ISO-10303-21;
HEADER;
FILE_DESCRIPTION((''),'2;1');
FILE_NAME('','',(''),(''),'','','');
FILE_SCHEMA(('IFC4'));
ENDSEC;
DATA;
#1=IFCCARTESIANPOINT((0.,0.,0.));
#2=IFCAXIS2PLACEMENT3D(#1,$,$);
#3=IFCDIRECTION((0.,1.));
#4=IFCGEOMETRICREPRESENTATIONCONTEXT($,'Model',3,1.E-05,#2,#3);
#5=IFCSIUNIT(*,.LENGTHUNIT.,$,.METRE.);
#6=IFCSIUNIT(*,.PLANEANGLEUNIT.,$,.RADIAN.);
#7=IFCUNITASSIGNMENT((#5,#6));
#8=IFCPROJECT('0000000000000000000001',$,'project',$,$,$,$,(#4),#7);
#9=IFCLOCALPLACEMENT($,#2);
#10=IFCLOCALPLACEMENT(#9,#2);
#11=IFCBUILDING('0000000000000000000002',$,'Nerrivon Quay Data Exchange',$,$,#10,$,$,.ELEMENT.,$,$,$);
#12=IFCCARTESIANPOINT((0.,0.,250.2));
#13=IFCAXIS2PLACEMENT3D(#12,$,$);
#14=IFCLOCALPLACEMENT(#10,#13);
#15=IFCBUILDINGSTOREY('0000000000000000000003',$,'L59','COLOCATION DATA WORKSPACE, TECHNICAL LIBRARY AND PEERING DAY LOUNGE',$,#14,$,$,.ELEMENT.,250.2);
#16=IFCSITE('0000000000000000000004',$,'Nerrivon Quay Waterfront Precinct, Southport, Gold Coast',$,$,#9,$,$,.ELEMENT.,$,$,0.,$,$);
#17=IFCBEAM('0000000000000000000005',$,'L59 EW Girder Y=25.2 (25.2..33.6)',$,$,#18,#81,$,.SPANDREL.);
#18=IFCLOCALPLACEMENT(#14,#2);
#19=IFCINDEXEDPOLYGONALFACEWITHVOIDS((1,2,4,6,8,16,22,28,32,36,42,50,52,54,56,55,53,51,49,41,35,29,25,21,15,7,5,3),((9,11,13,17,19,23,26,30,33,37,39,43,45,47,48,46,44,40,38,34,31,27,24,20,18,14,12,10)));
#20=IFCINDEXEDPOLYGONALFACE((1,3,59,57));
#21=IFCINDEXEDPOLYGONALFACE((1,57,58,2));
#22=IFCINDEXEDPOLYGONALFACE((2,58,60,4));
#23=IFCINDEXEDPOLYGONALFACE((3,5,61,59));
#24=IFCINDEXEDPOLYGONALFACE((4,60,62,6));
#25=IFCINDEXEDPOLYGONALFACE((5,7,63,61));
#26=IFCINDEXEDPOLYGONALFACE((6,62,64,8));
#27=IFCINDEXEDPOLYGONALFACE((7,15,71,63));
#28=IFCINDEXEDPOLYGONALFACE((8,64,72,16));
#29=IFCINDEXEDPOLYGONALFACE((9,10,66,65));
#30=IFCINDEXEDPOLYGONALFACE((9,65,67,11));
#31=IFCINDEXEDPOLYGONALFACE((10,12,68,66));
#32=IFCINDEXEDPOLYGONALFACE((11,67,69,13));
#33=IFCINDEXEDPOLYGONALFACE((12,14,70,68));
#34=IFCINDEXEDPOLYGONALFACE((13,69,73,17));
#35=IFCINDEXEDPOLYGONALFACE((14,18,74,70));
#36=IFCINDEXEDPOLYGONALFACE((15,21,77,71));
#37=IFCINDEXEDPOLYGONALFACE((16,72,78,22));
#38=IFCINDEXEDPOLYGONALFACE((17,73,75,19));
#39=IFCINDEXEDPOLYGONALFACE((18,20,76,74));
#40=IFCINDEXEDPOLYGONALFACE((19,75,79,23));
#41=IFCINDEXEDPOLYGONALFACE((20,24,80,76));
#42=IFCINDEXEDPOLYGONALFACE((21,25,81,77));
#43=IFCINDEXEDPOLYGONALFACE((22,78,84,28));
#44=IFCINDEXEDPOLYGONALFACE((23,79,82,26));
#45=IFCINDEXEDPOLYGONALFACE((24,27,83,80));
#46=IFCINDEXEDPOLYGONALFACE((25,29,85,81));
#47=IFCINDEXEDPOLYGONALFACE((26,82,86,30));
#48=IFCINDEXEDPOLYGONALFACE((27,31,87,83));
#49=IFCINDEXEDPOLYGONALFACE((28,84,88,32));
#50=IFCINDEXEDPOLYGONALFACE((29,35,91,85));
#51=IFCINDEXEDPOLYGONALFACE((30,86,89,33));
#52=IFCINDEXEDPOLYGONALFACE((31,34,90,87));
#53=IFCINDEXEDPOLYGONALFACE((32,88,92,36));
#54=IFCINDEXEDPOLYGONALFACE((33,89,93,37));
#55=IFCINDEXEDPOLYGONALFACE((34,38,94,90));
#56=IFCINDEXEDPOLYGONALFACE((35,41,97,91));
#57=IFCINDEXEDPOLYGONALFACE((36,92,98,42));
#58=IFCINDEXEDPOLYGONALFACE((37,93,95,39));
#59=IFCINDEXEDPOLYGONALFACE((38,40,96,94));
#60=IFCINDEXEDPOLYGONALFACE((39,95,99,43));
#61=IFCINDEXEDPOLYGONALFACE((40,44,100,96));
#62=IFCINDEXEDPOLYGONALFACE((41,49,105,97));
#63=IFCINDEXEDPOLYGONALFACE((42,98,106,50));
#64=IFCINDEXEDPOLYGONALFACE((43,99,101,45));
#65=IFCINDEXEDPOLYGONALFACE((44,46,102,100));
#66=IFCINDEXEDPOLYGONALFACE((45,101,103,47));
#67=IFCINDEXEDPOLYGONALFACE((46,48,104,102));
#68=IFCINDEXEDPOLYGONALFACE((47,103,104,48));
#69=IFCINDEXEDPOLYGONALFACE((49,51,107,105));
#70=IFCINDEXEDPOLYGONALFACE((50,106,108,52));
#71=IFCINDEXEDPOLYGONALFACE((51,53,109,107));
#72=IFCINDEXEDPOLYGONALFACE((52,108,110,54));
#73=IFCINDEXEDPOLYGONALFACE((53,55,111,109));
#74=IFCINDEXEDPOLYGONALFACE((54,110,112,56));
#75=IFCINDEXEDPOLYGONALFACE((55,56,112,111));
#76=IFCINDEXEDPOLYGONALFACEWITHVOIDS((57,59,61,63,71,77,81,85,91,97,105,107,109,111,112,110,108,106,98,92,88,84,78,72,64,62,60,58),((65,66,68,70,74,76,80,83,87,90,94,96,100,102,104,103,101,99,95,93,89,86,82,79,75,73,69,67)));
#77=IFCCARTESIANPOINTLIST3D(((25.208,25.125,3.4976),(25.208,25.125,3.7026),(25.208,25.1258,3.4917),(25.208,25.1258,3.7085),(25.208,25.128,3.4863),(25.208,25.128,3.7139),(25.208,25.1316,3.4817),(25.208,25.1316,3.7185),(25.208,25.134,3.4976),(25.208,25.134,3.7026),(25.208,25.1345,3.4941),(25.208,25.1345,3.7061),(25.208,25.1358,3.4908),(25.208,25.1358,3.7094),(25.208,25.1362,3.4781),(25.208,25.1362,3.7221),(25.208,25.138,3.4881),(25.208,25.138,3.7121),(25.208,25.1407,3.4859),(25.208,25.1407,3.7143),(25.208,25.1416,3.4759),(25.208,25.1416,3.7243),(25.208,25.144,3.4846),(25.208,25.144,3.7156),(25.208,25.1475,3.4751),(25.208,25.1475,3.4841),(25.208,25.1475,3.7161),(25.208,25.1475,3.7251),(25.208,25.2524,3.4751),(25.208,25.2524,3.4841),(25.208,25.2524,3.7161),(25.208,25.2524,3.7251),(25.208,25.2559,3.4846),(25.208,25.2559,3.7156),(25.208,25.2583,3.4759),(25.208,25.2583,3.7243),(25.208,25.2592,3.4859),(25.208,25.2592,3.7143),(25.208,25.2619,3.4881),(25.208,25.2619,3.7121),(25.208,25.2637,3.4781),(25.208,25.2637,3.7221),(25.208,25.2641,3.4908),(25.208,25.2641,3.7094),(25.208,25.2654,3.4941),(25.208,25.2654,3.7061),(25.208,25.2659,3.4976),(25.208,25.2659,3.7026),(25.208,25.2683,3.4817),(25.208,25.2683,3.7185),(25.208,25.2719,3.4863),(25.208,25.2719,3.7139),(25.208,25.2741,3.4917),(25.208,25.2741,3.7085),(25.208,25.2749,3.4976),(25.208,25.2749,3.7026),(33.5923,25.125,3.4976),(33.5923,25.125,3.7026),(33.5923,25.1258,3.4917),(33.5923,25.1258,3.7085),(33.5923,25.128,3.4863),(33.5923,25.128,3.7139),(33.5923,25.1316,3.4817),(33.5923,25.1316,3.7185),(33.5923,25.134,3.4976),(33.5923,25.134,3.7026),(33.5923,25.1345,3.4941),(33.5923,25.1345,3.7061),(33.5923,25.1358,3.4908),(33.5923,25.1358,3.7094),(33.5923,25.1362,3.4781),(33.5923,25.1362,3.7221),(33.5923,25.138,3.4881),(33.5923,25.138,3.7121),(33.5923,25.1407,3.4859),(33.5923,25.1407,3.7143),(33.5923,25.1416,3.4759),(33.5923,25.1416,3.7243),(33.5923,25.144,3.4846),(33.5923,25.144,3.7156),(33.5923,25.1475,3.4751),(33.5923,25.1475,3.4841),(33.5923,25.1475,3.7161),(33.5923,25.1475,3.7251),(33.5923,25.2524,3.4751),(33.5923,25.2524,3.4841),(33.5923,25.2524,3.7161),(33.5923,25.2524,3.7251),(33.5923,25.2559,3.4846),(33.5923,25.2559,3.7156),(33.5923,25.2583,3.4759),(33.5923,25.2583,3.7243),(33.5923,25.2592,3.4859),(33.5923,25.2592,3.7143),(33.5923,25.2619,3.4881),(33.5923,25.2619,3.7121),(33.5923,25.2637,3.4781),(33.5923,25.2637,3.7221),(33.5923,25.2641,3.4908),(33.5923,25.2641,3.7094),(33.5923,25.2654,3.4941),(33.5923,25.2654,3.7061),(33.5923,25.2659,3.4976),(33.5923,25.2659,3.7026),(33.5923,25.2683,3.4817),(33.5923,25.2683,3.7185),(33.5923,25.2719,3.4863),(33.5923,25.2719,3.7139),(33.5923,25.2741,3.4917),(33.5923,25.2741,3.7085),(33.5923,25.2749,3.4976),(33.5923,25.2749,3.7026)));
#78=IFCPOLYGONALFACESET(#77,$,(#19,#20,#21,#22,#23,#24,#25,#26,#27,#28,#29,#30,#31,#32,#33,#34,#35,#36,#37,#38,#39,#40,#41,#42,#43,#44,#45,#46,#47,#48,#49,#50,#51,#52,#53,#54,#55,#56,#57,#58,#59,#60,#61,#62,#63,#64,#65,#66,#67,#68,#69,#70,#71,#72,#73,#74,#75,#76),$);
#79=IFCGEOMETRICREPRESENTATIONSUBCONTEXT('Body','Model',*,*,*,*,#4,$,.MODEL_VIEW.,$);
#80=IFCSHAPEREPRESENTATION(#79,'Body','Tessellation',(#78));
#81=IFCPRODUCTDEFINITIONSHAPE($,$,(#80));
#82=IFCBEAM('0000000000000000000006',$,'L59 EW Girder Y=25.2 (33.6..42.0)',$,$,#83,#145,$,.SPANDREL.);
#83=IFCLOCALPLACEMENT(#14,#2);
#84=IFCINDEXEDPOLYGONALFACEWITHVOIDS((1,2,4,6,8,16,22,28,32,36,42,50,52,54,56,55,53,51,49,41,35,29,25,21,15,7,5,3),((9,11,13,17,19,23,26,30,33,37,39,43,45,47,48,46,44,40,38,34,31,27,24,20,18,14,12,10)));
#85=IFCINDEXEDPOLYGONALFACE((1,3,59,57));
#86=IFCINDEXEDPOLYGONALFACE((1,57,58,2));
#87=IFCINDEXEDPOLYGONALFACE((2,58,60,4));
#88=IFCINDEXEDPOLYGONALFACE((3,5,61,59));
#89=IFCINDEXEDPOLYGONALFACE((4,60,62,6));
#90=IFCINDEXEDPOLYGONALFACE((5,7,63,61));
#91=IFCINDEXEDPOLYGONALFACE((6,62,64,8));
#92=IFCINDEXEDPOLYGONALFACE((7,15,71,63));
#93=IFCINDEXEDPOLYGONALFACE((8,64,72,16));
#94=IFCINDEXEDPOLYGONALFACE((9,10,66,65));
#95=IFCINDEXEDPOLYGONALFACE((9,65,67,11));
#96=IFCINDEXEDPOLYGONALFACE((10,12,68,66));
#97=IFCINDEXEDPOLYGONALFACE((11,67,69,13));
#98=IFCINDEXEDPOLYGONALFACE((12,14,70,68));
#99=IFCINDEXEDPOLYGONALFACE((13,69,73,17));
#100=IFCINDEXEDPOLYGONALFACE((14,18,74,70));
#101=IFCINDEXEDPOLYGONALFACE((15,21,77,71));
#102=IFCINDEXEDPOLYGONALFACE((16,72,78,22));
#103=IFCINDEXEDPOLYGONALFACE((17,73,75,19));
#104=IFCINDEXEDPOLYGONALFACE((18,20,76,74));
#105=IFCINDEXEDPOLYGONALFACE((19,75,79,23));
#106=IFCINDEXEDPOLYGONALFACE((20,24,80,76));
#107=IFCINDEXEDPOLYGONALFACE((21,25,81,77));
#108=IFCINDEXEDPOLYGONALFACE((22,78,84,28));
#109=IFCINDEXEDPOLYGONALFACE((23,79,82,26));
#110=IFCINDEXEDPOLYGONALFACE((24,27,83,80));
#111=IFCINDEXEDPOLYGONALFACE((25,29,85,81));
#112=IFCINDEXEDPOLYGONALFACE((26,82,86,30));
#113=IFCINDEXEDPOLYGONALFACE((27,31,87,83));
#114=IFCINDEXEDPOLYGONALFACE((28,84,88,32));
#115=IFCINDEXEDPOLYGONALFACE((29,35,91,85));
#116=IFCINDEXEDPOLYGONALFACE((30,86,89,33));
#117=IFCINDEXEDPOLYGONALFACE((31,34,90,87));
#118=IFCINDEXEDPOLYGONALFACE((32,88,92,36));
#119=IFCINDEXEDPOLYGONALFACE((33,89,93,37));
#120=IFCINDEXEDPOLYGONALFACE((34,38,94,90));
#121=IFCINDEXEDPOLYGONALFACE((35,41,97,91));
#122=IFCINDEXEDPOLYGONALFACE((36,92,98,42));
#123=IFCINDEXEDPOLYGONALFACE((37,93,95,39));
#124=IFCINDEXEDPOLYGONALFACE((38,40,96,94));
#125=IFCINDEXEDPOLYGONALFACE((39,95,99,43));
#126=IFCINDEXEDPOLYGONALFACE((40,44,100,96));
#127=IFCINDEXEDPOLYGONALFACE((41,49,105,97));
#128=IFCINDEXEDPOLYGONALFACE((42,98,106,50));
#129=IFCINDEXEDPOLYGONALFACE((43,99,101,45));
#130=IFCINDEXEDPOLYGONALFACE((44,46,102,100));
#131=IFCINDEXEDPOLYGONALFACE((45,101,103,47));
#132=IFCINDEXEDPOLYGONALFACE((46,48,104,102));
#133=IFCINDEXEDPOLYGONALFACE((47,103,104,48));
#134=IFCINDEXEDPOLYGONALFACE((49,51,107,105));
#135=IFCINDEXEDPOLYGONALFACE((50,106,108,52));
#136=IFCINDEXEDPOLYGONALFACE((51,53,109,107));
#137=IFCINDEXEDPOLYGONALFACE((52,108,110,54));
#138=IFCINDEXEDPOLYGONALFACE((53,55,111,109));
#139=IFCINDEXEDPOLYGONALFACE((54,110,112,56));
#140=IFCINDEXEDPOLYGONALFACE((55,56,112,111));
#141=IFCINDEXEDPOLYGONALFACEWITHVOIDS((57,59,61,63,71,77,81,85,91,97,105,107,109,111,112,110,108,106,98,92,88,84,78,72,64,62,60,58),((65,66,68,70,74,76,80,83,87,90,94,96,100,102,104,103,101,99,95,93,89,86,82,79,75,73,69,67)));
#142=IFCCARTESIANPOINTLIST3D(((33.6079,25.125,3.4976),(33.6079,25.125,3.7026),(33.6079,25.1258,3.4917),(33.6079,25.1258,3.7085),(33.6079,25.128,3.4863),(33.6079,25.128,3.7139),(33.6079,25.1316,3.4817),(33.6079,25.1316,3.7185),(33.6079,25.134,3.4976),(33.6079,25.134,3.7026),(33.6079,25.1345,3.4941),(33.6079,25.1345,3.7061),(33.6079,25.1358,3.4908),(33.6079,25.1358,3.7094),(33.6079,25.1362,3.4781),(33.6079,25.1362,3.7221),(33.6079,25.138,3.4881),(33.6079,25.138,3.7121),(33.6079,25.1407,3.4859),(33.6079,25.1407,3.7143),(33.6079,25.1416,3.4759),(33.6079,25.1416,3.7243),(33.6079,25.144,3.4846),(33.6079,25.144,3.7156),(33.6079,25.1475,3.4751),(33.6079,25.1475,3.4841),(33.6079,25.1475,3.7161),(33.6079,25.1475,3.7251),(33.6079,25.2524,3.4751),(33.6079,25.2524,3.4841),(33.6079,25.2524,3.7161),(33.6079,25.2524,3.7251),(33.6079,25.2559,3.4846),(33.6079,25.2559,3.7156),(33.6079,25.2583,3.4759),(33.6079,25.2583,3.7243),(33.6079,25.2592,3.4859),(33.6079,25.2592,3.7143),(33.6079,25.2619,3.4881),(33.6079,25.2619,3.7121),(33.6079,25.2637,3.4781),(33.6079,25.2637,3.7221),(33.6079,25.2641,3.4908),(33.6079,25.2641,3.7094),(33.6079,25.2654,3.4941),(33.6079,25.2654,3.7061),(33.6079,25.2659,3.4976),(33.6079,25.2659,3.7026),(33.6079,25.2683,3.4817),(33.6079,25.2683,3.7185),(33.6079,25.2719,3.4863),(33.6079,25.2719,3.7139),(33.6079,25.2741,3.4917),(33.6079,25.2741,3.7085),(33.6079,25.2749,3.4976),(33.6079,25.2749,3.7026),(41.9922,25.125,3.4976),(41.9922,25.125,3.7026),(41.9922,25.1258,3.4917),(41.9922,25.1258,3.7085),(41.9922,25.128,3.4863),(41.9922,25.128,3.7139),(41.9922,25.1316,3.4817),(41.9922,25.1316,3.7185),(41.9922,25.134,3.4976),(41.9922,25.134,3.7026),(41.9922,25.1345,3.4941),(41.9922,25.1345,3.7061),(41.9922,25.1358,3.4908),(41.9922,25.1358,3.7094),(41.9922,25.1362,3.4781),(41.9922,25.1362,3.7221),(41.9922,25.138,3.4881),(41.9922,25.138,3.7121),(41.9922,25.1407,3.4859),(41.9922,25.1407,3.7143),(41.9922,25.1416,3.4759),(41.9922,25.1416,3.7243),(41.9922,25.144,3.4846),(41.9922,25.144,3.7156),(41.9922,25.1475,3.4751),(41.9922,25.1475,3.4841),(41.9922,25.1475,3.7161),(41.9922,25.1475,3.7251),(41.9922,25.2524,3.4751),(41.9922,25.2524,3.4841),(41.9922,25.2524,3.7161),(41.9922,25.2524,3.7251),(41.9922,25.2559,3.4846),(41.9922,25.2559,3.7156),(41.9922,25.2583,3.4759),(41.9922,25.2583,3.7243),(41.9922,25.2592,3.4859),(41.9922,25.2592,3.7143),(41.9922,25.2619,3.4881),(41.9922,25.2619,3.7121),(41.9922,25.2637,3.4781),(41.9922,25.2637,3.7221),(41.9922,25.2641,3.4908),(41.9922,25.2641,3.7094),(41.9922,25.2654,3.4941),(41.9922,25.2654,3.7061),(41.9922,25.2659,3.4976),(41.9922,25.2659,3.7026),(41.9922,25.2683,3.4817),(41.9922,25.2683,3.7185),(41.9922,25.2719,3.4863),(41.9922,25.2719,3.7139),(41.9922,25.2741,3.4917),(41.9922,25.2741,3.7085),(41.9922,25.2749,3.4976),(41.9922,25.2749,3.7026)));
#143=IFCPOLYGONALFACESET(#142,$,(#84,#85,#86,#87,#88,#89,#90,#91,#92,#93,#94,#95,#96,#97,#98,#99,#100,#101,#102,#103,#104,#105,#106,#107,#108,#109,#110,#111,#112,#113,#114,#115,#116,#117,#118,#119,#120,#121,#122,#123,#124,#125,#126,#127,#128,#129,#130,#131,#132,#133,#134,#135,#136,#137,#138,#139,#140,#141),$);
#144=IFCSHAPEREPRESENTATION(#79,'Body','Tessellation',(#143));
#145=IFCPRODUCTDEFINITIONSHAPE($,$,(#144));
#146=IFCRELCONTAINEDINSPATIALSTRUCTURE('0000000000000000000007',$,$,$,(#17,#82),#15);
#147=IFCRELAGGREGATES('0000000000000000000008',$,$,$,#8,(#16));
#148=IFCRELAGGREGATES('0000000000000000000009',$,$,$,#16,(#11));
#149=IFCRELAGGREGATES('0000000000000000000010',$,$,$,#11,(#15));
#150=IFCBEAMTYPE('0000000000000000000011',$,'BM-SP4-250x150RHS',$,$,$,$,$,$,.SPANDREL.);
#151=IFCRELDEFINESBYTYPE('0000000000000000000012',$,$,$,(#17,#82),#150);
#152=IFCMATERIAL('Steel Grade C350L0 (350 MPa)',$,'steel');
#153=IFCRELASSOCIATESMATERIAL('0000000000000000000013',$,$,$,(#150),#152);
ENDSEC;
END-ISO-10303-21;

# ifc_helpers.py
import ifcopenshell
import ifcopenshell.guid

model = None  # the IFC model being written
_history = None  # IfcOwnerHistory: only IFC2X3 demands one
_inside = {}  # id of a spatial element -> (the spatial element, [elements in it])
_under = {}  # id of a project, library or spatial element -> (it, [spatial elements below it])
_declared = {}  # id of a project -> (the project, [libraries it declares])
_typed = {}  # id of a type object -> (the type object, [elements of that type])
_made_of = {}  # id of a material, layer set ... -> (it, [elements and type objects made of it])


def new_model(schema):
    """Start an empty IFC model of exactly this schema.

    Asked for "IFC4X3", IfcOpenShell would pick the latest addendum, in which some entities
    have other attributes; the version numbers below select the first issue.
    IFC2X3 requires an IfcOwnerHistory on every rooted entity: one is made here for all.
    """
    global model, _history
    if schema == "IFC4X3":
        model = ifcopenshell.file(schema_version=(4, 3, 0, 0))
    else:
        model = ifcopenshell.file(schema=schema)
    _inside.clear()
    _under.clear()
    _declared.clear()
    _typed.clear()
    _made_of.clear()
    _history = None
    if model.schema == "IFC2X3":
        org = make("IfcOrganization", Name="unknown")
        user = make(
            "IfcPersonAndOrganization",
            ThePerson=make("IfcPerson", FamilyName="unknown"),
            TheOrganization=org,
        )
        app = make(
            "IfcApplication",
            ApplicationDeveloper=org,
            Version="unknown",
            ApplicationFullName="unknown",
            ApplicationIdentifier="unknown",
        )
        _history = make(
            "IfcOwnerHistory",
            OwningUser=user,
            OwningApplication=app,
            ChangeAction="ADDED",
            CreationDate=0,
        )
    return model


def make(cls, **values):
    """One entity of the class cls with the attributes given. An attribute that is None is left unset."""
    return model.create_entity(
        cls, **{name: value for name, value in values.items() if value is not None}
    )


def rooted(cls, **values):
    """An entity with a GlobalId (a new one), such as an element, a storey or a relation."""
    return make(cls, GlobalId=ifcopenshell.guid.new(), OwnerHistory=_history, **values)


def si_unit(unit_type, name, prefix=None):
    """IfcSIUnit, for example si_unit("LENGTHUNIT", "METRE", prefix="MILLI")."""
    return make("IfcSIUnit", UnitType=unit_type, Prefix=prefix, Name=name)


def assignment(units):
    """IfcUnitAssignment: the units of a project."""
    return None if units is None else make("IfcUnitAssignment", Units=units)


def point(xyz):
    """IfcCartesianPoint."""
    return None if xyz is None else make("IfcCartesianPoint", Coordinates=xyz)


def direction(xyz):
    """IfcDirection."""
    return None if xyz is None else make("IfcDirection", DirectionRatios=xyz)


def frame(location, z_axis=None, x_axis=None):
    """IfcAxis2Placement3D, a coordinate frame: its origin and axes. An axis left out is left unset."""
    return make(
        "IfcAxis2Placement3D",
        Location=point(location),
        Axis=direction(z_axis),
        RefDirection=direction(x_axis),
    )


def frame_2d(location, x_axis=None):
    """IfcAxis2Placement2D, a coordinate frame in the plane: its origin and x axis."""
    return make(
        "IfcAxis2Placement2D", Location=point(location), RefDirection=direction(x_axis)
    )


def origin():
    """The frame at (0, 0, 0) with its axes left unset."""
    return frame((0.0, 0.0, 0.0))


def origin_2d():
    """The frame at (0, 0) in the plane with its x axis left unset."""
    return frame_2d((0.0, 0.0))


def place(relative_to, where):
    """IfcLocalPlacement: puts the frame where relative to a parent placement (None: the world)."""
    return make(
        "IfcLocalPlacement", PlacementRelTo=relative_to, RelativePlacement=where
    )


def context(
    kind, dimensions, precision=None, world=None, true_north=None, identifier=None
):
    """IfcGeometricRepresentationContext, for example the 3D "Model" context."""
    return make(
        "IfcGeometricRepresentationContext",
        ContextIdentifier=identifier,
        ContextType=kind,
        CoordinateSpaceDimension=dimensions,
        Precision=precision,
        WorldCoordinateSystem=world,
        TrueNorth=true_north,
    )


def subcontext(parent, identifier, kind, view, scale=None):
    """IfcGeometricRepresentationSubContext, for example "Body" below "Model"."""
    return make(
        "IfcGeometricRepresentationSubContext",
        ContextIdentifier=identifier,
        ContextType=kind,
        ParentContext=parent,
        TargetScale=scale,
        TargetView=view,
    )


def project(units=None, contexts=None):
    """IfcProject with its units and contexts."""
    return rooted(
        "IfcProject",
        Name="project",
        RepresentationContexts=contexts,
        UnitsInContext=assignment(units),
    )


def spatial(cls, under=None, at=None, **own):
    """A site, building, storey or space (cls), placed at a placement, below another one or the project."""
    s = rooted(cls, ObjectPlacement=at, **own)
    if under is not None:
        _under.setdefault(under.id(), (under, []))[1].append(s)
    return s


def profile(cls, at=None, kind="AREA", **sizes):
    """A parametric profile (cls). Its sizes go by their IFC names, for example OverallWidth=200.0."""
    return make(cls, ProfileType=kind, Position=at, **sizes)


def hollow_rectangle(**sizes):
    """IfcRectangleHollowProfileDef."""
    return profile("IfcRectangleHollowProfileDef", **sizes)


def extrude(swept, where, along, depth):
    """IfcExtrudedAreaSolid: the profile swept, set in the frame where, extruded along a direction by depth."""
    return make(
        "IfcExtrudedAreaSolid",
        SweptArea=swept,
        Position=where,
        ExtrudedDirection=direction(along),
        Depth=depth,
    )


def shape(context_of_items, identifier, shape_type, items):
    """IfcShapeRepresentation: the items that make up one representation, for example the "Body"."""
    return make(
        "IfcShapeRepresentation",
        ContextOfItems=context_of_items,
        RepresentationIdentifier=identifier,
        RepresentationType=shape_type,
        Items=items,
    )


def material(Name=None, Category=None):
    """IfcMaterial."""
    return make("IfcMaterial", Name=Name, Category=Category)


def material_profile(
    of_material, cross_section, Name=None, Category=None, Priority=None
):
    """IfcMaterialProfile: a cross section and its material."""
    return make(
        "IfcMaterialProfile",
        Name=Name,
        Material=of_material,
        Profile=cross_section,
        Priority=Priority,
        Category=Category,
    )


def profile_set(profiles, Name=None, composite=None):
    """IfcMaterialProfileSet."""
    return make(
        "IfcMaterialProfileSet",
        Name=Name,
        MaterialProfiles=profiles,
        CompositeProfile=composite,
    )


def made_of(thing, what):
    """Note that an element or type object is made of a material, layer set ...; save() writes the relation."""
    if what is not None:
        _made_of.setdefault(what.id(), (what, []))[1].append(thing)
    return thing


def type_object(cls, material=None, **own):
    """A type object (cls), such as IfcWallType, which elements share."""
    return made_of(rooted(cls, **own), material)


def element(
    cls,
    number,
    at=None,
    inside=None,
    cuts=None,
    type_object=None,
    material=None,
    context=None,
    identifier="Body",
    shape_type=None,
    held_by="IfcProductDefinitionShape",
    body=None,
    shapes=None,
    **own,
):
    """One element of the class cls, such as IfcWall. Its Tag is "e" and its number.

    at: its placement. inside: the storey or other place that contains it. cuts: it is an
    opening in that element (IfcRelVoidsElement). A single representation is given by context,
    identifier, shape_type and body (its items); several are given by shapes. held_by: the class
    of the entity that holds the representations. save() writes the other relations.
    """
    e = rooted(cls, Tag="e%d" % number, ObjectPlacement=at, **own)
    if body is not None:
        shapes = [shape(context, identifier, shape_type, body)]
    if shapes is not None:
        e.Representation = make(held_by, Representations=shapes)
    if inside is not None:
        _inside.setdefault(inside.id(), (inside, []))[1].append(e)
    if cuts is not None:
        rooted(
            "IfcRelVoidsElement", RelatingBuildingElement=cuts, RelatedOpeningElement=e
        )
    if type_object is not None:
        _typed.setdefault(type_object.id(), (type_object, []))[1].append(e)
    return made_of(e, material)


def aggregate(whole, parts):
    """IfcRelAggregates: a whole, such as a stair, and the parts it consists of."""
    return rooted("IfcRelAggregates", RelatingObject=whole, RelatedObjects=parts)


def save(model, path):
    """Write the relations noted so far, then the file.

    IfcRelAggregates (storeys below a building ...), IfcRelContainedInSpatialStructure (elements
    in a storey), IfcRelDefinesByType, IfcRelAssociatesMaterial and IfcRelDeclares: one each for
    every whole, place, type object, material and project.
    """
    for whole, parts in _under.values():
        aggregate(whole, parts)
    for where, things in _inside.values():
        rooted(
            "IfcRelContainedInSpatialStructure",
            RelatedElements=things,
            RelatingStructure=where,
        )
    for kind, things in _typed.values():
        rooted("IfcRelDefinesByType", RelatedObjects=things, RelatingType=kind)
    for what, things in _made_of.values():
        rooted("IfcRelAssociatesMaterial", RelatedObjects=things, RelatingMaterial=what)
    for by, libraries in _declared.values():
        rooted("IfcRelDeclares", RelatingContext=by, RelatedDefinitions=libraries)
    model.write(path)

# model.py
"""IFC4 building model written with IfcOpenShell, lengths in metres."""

from ifc_helpers import new_model, si_unit, direction, frame, origin, origin_2d, place, context, subcontext, project, spatial, hollow_rectangle, extrude, material, material_profile, profile_set, type_object, element, save


model = new_model("IFC4")

# Units and contexts
model_context = context("Model", 3, precision=1e-05, world=origin(), true_north=direction((0.0, 1.0)))
body_context = subcontext(model_context, "Body", "Model", "MODEL_VIEW")
ifc_project = project(units=[si_unit("LENGTHUNIT", "METRE"), si_unit("PLANEANGLEUNIT", "RADIAN")], contexts=[model_context])

# Site, building, storey
site_placement = place(None, origin())
site = spatial("IfcSite", under=ifc_project, at=site_placement, Name="Nerrivon Quay Waterfront Precinct, Southport, Gold Coast", CompositionType="ELEMENT", RefElevation=0.0)
building_placement = place(site_placement, origin())
building = spatial("IfcBuilding", under=site, at=building_placement, Name="Nerrivon Quay Data Exchange", CompositionType="ELEMENT")
storey_placement = place(building_placement, frame((0.0, 0.0, 250.2)))
storey = spatial("IfcBuildingStorey", under=building, at=storey_placement, Name="L59", Description="COLOCATION DATA WORKSPACE, TECHNICAL LIBRARY AND PEERING DAY LOUNGE", CompositionType="ELEMENT", Elevation=250.2)

# Beams
ifc_material_1 = material(Name="Steel Grade C350L0 (350 MPa)", Category="steel")
ifc_material_profile_1 = material_profile(ifc_material_1, hollow_rectangle(XDim=0.1499, YDim=0.25, WallThickness=0.009, InnerFilletRadius=0.0134, OuterFilletRadius=0.0225, at=origin_2d()), Name="250x150x9.0RHS")
ifc_profile_set_1 = profile_set([ifc_material_profile_1], Name="Steel Grade C350L0 (350 MPa)")
beam_type = type_object("IfcBeamType", Name="BM-SP4-250x150RHS", PredefinedType="SPANDREL", material=ifc_profile_set_1)
for number, where, z_axis, x_axis, name in (
    (1, (25.208, 25.2, 3.6001), (1.0, 0.0, 0.0), (0.0, 1.0, 0.0), "L59 EW Girder Y=25.2 (25.2..33.6)"),
    (2, (33.6079, 25.2, 3.6001), (1.0, 0.0, 0.0), (0.0, 1.0, 0.0), "L59 EW Girder Y=25.2 (33.6..42.0)"),
):
    element("IfcBeam", number, at=place(storey_placement, frame(where, z_axis=z_axis, x_axis=x_axis)), inside=storey, type_object=beam_type, Name=name, PredefinedType="SPANDREL", context=body_context, shape_type="SweptSolid", body=[
        extrude(hollow_rectangle(XDim=0.1499, YDim=0.25, WallThickness=0.009, InnerFilletRadius=0.0134, OuterFilletRadius=0.0225, at=origin_2d()), origin(), (0.0, 0.0, 1.0), 8.3843),
    ])

save(model, "model.ifc")
